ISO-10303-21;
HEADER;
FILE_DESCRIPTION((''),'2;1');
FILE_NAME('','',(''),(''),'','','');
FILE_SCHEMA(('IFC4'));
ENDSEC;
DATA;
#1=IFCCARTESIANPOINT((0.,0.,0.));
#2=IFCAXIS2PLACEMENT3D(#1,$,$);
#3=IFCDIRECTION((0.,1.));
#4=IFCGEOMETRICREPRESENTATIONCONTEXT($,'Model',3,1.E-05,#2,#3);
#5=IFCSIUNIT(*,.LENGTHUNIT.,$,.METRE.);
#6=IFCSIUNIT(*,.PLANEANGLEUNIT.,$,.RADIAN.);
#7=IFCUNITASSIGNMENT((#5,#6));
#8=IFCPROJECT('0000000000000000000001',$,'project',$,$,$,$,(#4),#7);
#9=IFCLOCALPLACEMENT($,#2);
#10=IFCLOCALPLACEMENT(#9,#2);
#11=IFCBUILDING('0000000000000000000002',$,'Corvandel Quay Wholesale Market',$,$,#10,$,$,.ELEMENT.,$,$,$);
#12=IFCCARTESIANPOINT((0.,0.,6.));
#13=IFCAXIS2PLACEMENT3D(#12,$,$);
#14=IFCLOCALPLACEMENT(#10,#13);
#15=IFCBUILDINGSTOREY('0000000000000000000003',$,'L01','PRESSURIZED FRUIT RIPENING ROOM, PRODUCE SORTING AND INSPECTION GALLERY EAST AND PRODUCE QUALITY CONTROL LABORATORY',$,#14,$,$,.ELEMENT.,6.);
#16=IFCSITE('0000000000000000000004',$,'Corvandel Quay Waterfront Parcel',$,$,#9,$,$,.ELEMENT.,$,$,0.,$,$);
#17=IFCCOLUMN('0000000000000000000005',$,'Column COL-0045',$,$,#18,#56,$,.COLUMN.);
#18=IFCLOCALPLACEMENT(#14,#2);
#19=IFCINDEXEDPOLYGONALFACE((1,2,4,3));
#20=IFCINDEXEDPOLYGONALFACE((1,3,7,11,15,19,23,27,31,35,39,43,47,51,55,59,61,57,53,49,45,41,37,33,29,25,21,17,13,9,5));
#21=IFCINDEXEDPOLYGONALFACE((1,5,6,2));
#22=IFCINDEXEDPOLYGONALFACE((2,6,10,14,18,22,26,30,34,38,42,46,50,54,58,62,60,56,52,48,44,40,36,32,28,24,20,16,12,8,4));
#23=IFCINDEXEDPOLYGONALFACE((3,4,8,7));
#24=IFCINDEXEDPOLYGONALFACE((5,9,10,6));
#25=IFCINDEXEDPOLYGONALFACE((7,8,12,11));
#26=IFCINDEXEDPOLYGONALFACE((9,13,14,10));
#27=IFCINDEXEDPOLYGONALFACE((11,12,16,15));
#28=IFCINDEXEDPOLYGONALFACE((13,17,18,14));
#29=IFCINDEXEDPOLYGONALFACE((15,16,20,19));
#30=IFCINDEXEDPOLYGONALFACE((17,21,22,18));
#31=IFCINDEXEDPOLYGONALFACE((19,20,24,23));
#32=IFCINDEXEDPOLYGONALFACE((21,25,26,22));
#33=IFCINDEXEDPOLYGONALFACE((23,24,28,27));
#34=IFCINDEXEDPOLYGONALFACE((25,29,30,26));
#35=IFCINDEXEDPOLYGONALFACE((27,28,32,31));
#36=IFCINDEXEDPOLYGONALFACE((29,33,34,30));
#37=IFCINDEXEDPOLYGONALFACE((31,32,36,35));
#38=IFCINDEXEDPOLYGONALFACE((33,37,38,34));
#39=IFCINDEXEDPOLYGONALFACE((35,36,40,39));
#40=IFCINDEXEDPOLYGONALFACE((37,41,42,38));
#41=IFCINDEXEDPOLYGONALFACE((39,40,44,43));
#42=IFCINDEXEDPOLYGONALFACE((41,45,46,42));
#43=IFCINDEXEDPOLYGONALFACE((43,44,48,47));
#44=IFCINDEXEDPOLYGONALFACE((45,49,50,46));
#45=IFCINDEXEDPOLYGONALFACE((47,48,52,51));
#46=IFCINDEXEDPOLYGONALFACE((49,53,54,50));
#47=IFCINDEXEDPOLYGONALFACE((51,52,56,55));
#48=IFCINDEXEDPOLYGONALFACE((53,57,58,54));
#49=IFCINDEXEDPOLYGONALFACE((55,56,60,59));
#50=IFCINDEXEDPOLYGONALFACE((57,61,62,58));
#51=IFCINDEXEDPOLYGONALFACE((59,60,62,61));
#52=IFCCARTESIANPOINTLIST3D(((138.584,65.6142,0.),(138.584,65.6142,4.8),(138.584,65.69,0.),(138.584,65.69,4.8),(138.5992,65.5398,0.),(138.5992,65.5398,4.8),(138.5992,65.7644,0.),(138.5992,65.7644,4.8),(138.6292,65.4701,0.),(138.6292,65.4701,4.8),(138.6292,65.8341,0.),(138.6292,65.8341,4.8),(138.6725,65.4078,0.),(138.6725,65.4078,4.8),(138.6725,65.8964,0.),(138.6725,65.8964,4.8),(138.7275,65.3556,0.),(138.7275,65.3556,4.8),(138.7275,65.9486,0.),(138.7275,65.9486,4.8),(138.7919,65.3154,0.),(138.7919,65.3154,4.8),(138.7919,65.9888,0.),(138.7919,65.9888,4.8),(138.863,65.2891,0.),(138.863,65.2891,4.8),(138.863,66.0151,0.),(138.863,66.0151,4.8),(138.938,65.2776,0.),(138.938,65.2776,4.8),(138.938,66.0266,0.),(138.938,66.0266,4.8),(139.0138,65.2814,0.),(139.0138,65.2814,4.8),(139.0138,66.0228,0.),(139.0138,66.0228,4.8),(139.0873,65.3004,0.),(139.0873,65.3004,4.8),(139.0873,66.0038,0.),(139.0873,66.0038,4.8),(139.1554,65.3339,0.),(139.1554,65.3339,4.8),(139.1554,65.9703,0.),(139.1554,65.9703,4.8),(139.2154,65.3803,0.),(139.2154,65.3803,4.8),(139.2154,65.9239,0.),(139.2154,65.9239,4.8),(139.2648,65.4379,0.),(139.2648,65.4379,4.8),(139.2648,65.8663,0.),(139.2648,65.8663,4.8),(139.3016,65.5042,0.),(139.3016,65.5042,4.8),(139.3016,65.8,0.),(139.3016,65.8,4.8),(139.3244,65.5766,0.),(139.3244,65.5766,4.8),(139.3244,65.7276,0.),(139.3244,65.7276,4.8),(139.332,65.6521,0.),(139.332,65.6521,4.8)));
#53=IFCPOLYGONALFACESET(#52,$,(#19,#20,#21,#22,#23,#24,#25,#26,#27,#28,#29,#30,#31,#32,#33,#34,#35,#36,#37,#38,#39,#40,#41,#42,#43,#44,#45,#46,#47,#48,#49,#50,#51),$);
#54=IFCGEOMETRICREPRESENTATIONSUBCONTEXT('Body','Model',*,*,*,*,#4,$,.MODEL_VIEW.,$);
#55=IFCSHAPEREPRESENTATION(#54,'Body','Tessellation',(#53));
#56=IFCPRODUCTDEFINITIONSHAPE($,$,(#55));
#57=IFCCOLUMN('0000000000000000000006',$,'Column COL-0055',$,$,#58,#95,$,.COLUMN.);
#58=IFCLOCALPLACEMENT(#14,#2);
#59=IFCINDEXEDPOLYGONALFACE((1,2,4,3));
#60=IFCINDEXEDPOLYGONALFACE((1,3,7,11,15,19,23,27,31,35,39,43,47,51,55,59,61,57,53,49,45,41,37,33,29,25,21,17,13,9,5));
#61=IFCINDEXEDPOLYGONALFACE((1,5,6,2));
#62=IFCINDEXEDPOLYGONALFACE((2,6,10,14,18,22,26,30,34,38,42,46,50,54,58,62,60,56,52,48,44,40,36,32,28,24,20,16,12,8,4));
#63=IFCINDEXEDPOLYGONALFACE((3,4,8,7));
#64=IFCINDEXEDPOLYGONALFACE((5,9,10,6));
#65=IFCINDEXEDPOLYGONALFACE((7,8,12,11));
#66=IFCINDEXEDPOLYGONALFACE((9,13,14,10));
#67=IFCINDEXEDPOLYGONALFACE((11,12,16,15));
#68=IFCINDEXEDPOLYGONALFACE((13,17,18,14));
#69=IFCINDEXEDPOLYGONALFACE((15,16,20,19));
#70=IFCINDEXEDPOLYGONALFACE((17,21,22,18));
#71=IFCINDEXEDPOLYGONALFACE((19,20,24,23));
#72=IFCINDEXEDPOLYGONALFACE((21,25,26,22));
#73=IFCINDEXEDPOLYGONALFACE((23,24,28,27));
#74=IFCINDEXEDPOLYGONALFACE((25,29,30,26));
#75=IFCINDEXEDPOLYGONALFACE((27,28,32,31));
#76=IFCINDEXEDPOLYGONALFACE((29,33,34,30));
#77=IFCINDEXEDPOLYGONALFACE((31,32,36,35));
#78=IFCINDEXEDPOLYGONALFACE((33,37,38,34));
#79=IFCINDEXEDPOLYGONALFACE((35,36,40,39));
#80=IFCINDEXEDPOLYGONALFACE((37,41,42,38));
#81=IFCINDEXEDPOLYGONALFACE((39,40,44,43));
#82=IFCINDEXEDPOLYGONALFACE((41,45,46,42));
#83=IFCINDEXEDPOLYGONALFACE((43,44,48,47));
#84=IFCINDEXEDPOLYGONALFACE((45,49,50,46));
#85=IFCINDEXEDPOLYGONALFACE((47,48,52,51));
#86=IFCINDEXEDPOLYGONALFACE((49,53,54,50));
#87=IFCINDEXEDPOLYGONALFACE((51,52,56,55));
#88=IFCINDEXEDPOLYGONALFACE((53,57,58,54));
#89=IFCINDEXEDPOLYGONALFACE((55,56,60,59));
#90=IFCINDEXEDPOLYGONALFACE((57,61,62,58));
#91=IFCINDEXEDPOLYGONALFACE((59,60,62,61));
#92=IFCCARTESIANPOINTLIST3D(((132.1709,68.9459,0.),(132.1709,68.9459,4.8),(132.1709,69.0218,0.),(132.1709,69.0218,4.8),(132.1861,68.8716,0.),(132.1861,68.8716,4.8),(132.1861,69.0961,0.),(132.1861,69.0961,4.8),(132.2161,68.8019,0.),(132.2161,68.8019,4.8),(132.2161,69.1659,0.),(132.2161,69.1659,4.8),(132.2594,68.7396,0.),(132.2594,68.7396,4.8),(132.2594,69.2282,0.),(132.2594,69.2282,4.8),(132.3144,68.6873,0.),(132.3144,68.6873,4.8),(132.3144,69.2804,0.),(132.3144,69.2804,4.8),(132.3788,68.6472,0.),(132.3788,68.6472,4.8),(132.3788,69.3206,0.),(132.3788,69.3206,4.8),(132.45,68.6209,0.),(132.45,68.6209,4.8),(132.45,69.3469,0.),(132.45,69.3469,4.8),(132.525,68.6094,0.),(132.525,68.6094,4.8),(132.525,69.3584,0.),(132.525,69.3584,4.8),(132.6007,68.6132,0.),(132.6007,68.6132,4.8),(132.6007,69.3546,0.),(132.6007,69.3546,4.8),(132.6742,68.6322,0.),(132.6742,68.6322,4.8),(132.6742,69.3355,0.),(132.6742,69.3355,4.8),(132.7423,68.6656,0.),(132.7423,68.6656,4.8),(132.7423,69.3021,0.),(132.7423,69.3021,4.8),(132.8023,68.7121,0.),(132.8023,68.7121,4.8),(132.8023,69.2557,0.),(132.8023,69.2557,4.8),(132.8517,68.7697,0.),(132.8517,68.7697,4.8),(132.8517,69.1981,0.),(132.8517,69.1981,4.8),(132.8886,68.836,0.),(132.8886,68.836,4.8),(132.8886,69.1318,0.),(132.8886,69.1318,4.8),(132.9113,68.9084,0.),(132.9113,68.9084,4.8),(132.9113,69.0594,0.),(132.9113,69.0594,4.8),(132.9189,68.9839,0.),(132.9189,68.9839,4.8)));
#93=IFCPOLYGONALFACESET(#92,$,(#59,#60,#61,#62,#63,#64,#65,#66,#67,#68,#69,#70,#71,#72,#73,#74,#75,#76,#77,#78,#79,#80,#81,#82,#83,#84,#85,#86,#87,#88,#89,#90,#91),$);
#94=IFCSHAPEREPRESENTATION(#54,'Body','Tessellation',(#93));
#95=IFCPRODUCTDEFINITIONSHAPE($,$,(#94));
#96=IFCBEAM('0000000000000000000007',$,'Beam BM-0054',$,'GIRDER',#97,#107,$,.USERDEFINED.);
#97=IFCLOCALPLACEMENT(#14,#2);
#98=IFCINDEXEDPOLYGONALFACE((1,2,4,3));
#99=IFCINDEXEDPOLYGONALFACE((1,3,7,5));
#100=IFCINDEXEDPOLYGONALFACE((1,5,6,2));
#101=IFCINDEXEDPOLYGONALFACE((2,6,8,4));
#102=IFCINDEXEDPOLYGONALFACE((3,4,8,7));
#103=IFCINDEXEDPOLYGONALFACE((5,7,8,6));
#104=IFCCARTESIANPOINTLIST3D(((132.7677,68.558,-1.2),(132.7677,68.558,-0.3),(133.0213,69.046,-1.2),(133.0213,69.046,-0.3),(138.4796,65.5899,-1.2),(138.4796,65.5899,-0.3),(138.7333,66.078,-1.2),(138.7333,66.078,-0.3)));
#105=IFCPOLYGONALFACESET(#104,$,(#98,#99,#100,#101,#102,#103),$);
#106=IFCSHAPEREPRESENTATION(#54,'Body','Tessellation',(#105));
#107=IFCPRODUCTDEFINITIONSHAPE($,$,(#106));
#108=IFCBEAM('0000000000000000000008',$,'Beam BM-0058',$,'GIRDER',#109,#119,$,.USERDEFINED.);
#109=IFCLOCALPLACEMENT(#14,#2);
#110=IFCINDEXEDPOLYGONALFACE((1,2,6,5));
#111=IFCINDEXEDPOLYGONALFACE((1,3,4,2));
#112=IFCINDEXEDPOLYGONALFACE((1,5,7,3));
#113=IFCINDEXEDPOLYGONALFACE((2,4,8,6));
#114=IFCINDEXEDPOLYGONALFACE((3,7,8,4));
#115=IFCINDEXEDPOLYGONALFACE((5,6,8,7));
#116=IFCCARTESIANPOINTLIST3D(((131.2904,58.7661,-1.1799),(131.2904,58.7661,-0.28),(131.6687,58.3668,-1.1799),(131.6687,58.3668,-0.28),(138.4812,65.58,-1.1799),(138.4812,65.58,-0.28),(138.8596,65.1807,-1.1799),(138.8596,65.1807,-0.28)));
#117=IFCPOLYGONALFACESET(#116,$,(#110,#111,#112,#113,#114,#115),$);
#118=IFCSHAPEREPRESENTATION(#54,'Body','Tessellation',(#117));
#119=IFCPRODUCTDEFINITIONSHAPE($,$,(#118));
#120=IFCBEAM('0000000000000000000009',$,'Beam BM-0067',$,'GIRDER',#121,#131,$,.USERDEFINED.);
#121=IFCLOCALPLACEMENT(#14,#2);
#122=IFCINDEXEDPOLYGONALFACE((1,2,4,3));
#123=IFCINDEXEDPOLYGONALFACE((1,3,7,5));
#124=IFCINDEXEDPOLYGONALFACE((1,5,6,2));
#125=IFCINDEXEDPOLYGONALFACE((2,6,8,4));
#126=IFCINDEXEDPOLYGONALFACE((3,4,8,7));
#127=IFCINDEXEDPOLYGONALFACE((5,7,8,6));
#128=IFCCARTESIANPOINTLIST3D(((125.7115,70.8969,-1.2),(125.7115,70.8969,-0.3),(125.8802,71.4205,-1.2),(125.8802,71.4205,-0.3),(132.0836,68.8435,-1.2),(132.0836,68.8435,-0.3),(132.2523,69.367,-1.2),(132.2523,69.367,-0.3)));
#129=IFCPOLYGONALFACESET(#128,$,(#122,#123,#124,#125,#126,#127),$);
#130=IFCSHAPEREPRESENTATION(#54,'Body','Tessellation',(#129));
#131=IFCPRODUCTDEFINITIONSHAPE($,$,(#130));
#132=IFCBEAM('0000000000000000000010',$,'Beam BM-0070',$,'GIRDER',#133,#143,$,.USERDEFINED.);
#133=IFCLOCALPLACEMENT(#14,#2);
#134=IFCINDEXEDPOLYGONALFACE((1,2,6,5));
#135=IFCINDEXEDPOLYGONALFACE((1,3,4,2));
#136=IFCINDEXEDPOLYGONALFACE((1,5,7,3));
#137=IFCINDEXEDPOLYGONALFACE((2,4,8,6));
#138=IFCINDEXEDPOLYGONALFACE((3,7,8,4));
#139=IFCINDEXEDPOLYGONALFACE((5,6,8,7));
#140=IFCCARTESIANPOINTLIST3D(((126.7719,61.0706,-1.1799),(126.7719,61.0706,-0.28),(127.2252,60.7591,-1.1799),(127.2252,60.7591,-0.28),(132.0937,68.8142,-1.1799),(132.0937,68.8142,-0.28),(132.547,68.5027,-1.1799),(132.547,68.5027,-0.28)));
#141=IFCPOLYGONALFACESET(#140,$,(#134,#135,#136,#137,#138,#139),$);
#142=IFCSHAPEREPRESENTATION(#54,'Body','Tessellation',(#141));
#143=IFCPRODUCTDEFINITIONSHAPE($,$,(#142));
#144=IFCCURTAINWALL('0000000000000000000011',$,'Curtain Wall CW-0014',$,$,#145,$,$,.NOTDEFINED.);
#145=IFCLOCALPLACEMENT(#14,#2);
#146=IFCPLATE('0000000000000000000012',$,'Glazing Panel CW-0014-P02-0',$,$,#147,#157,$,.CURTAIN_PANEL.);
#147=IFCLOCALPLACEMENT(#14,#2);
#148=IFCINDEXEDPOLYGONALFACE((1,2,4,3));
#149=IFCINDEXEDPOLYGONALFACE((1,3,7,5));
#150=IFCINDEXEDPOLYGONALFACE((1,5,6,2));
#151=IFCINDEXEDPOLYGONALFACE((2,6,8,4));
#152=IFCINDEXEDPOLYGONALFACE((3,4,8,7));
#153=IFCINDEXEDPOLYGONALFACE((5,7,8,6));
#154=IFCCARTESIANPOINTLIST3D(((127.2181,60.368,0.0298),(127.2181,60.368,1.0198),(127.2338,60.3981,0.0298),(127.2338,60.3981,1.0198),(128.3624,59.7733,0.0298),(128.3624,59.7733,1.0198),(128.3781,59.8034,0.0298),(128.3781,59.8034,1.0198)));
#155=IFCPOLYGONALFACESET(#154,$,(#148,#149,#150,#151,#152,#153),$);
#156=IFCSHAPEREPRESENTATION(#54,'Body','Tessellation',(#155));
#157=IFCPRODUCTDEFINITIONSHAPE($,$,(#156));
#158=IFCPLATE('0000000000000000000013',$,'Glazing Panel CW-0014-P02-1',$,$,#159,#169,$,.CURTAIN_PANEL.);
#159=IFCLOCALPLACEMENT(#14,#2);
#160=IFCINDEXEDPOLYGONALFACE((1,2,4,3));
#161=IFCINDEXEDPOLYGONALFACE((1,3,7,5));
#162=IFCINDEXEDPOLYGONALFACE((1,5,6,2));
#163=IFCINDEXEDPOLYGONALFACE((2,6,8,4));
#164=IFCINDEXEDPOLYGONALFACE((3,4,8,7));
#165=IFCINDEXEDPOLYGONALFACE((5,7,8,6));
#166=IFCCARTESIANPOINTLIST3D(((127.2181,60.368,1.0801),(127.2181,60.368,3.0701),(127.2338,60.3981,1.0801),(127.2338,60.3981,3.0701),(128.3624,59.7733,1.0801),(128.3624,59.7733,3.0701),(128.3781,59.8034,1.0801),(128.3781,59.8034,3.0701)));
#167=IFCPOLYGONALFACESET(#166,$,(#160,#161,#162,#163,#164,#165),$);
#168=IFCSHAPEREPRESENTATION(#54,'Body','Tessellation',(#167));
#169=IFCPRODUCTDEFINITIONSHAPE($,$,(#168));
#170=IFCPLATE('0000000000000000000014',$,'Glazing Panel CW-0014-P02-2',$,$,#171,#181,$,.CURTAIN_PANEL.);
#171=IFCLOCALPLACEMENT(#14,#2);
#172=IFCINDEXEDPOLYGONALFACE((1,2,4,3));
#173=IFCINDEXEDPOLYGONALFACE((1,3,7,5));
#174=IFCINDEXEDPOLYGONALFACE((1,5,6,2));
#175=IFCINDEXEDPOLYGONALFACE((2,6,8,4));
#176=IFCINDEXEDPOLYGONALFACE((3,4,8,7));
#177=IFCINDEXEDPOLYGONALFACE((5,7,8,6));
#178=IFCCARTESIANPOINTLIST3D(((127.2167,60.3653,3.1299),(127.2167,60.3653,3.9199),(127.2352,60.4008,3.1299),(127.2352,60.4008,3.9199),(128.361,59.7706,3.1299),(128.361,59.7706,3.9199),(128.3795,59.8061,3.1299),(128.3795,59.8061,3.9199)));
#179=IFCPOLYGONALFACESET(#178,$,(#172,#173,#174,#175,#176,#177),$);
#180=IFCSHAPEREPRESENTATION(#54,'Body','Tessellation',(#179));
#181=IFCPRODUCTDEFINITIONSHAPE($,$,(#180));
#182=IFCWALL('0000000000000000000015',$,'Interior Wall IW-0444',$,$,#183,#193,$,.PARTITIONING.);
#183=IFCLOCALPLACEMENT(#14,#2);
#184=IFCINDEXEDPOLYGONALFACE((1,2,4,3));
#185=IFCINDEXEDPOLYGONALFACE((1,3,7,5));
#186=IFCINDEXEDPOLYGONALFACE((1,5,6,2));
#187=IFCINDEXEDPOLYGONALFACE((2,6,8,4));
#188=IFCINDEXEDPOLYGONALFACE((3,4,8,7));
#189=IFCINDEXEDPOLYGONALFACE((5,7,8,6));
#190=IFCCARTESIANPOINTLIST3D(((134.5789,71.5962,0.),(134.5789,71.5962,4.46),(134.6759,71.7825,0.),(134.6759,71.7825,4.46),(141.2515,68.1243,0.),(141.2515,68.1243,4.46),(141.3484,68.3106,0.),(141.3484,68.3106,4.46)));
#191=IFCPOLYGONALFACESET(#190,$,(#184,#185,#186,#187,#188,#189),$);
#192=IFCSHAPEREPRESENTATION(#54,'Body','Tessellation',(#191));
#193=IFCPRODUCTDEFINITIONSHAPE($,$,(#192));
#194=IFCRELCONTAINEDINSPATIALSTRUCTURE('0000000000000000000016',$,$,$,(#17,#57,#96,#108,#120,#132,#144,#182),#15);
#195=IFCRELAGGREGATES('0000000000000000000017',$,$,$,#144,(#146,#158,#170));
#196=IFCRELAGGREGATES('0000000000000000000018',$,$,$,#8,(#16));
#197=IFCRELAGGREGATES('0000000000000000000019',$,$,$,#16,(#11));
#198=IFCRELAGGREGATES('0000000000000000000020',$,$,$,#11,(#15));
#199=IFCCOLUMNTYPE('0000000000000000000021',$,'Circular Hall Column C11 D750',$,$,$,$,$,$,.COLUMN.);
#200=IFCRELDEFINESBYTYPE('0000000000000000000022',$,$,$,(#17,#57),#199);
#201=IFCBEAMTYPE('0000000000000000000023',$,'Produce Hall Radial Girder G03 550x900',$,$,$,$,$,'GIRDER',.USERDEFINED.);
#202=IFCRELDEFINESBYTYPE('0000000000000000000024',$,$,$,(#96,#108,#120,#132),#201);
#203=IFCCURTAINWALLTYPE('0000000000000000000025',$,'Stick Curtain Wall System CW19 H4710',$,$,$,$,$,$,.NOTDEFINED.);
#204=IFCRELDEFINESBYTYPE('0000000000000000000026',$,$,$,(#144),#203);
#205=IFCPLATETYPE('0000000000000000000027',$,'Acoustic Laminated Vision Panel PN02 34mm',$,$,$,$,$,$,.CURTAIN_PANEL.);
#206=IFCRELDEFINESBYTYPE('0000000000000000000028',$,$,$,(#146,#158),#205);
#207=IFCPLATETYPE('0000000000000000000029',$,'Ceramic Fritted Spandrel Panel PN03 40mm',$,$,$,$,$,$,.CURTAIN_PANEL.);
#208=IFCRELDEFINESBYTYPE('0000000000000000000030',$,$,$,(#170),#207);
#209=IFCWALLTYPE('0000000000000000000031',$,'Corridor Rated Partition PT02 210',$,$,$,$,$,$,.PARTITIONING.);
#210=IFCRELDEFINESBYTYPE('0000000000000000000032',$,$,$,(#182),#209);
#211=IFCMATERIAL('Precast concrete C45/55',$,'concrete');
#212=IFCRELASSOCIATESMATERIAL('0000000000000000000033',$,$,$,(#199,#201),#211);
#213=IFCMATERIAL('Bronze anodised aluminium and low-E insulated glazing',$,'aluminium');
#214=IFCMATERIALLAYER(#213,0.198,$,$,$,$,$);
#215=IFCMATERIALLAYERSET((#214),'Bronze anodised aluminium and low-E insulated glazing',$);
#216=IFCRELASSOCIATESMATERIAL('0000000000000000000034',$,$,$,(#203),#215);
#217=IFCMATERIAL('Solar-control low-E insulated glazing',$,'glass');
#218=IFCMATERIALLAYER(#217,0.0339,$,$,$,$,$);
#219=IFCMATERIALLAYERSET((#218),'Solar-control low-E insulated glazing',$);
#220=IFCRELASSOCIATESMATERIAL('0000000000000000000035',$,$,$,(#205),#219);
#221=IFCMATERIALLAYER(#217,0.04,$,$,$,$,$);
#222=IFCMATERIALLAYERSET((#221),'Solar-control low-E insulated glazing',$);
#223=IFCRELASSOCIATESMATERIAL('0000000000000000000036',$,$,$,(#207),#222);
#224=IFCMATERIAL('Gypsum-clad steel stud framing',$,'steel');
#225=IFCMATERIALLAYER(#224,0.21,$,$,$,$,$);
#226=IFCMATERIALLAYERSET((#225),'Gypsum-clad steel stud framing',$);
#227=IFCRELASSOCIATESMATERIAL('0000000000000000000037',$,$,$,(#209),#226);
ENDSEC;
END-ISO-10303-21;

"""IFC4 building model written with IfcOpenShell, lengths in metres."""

from ifc_helpers import new_model, si_unit, direction, frame, frame_2d, origin, origin_2d, place, context, subcontext, project, spatial, rectangle, circle, extrude, material, layer, layer_set, material_profile, profile_set, type_object, element, aggregate, save


model = new_model("IFC4")

# Units and contexts
model_context = context("Model", 3, precision=1e-05, world=origin(), true_north=direction((0.0, 1.0)))
body_context = subcontext(model_context, "Body", "Model", "MODEL_VIEW")
ifc_project = project(units=[si_unit("LENGTHUNIT", "METRE"), si_unit("PLANEANGLEUNIT", "RADIAN")], contexts=[model_context])

# Site, building, storey
site_placement = place(None, origin())
site = spatial("IfcSite", under=ifc_project, at=site_placement, Name="Corvandel Quay Waterfront Parcel", CompositionType="ELEMENT", RefElevation=0.0)
building_placement = place(site_placement, origin())
building = spatial("IfcBuilding", under=site, at=building_placement, Name="Corvandel Quay Wholesale Market", CompositionType="ELEMENT")
storey_placement = place(building_placement, frame((0.0, 0.0, 6.0)))
storey = spatial("IfcBuildingStorey", under=building, at=storey_placement, Name="L01", Description="PRESSURIZED FRUIT RIPENING ROOM, PRODUCE SORTING AND INSPECTION GALLERY EAST AND PRODUCE QUALITY CONTROL LABORATORY", CompositionType="ELEMENT", Elevation=6.0)

# Columns
ifc_material_1 = material(Name="Precast concrete C45/55", Category="concrete")
ifc_material_profile_1 = material_profile(ifc_material_1, circle(Radius=0.375, at=origin_2d()), Name="PC-COL-D750")
ifc_profile_set_1 = profile_set([ifc_material_profile_1], Name="Precast concrete C45/55")
column_type = type_object("IfcColumnType", Name="Circular Hall Column C11 D750", PredefinedType="COLUMN", material=ifc_profile_set_1)
for number, where, z_axis, x_axis, name in (
    (1, (138.957, 65.6521, 0.0), (0.0, 0.0, 1.0), (1.0, 0.0, 0.0), "Column COL-0045"),
    (2, (132.5439, 68.9839, 0.0), (0.0, 0.0, 1.0), (1.0, 0.0, 0.0), "Column COL-0055"),
):
    element("IfcColumn", number, at=place(storey_placement, frame(where, z_axis=z_axis, x_axis=x_axis)), inside=storey, type_object=column_type, Name=name, PredefinedType="COLUMN", context=body_context, shape_type="SweptSolid", body=[
        extrude(circle(Radius=0.375, at=origin_2d()), origin(), (0.0, 0.0, 1.0), 4.8),
    ])

# Beams
ifc_material_profile_2 = material_profile(ifc_material_1, rectangle(XDim=0.55, YDim=0.8999, at=origin_2d()), Name="PC-GIR-550x900")
ifc_profile_set_2 = profile_set([ifc_material_profile_2], Name="Precast concrete C45/55")
beam_type = type_object("IfcBeamType", Name="Produce Hall Radial Girder G03 550x900", ElementType="GIRDER", PredefinedType="USERDEFINED", material=ifc_profile_set_2)
beam_1_placement = place(storey_placement, frame((138.6064, 65.834, -0.75), z_axis=(-0.887355, 0.461086, 0.0), x_axis=(-0.461086, -0.887355, 0.0)))
element("IfcBeam", 3, at=beam_1_placement, inside=storey, type_object=beam_type, Name="Beam BM-0054", ObjectType="GIRDER", PredefinedType="USERDEFINED", context=body_context, shape_type="SweptSolid", body=[
    extrude(rectangle(XDim=0.55, YDim=0.8999, at=origin_2d()), origin(), (0.0, 0.0, 1.0), 6.437),
])
beam_2_placement = place(storey_placement, frame((138.6704, 65.3804, -0.73), z_axis=(-0.725876, -0.687825, 0.0), x_axis=(0.687825, -0.725876, 0.0)))
element("IfcBeam", 4, at=beam_2_placement, inside=storey, type_object=beam_type, Name="Beam BM-0058", ObjectType="GIRDER", PredefinedType="USERDEFINED", context=body_context, shape_type="SweptSolid", body=[
    extrude(rectangle(XDim=0.55, YDim=0.8999, at=origin_2d()), origin(), (0.0, 0.0, 1.0), 9.9065),
])
beam_3_placement = place(storey_placement, frame((132.168, 69.1052, -0.75), z_axis=(-0.951798, 0.306727, 0.0), x_axis=(-0.306727, -0.951798, 0.0)))
element("IfcBeam", 5, at=beam_3_placement, inside=storey, type_object=beam_type, Name="Beam BM-0067", ObjectType="GIRDER", PredefinedType="USERDEFINED", context=body_context, shape_type="SweptSolid", body=[
    extrude(rectangle(XDim=0.55, YDim=0.8999, at=origin_2d()), origin(), (0.0, 0.0, 1.0), 6.6948),
])
beam_4_placement = place(storey_placement, frame((132.3203, 68.6584, -0.73), z_axis=(-0.566385, -0.82414, 0.0), x_axis=(0.82414, -0.566385, 0.0)))
element("IfcBeam", 6, at=beam_4_placement, inside=storey, type_object=beam_type, Name="Beam BM-0070", ObjectType="GIRDER", PredefinedType="USERDEFINED", context=body_context, shape_type="SweptSolid", body=[
    extrude(rectangle(XDim=0.55, YDim=0.8999, at=origin_2d()), origin(), (0.0, 0.0, 1.0), 9.396),
])

# Curtain wall, plates
ifc_material_2 = material(Name="Bronze anodised aluminium and low-E insulated glazing", Category="aluminium")
ifc_layer_1 = layer(ifc_material_2, 0.198)
ifc_layer_set_1 = layer_set([ifc_layer_1], Name="Bronze anodised aluminium and low-E insulated glazing")
curtain_wall_type = type_object("IfcCurtainWallType", Name="Stick Curtain Wall System CW19 H4710", PredefinedType="NOTDEFINED", material=ifc_layer_set_1)
curtain_wall_placement = place(storey_placement, origin())
curtain_wall = element("IfcCurtainWall", 7, at=curtain_wall_placement, inside=storey, type_object=curtain_wall_type, Name="Curtain Wall CW-0014", PredefinedType="NOTDEFINED")
ifc_material_3 = material(Name="Solar-control low-E insulated glazing", Category="glass")
ifc_layer_2 = layer(ifc_material_3, 0.0339)
ifc_layer_set_2 = layer_set([ifc_layer_2], Name="Solar-control low-E insulated glazing")
plate_type_1 = type_object("IfcPlateType", Name="Acoustic Laminated Vision Panel PN02 34mm", PredefinedType="CURTAIN_PANEL", material=ifc_layer_set_2)
plate_1_placement = place(storey_placement, frame((127.7981, 60.0857, 0.0298), z_axis=(0.0, 0.0, 1.0), x_axis=(-0.887333, 0.461129, 0.0)))
plate_1 = element("IfcPlate", 8, at=plate_1_placement, type_object=plate_type_1, Name="Glazing Panel CW-0014-P02-0", PredefinedType="CURTAIN_PANEL", context=body_context, shape_type="SweptSolid", body=[
    extrude(rectangle(XDim=1.2896, YDim=0.0339, at=origin_2d()), origin(), (0.0, 0.0, 1.0), 0.99),
])
plate_2_placement = place(storey_placement, frame((127.7981, 60.0857, 1.0801), z_axis=(0.0, 0.0, 1.0), x_axis=(-0.887333, 0.461129, 0.0)))
plate_2 = element("IfcPlate", 9, at=plate_2_placement, type_object=plate_type_1, Name="Glazing Panel CW-0014-P02-1", PredefinedType="CURTAIN_PANEL", context=body_context, shape_type="SweptSolid", body=[
    extrude(rectangle(XDim=1.2896, YDim=0.0339, at=origin_2d()), origin(), (0.0, 0.0, 1.0), 1.99),
])
ifc_layer_3 = layer(ifc_material_3, 0.04)
ifc_layer_set_3 = layer_set([ifc_layer_3], Name="Solar-control low-E insulated glazing")
plate_type_2 = type_object("IfcPlateType", Name="Ceramic Fritted Spandrel Panel PN03 40mm", PredefinedType="CURTAIN_PANEL", material=ifc_layer_set_3)
plate_3_placement = place(storey_placement, frame((127.7981, 60.0857, 3.1299), z_axis=(0.0, 0.0, 1.0), x_axis=(-0.887333, 0.461129, 0.0)))
plate_3 = element("IfcPlate", 10, at=plate_3_placement, type_object=plate_type_2, Name="Glazing Panel CW-0014-P02-2", PredefinedType="CURTAIN_PANEL", context=body_context, shape_type="SweptSolid", body=[
    extrude(rectangle(XDim=1.2896, YDim=0.04, at=origin_2d()), origin(), (0.0, 0.0, 1.0), 0.79),
])
aggregate(curtain_wall, [plate_1, plate_2, plate_3])

# Wall
ifc_material_4 = material(Name="Gypsum-clad steel stud framing", Category="steel")
ifc_layer_4 = layer(ifc_material_4, 0.21)
ifc_layer_set_4 = layer_set([ifc_layer_4], Name="Gypsum-clad steel stud framing")
wall_type_1 = type_object("IfcWallType", Name="Corridor Rated Partition PT02 210", PredefinedType="PARTITIONING", material=ifc_layer_set_4)
wall_1_placement = place(storey_placement, frame((141.2998, 68.2175, 0.0), z_axis=(0.0, 0.0, 1.0), x_axis=(-0.887099, 0.46158, 0.0)))
element("IfcWall", 11, at=wall_1_placement, inside=storey, type_object=wall_type_1, Name="Interior Wall IW-0444", PredefinedType="PARTITIONING", context=body_context, shape_type="SweptSolid", body=[
    extrude(rectangle(XDim=7.5217, YDim=0.21, at=frame_2d((3.7607, 0.0))), origin(), (0.0, 0.0, 1.0), 4.46),
])

save(model, "model.ifc")
